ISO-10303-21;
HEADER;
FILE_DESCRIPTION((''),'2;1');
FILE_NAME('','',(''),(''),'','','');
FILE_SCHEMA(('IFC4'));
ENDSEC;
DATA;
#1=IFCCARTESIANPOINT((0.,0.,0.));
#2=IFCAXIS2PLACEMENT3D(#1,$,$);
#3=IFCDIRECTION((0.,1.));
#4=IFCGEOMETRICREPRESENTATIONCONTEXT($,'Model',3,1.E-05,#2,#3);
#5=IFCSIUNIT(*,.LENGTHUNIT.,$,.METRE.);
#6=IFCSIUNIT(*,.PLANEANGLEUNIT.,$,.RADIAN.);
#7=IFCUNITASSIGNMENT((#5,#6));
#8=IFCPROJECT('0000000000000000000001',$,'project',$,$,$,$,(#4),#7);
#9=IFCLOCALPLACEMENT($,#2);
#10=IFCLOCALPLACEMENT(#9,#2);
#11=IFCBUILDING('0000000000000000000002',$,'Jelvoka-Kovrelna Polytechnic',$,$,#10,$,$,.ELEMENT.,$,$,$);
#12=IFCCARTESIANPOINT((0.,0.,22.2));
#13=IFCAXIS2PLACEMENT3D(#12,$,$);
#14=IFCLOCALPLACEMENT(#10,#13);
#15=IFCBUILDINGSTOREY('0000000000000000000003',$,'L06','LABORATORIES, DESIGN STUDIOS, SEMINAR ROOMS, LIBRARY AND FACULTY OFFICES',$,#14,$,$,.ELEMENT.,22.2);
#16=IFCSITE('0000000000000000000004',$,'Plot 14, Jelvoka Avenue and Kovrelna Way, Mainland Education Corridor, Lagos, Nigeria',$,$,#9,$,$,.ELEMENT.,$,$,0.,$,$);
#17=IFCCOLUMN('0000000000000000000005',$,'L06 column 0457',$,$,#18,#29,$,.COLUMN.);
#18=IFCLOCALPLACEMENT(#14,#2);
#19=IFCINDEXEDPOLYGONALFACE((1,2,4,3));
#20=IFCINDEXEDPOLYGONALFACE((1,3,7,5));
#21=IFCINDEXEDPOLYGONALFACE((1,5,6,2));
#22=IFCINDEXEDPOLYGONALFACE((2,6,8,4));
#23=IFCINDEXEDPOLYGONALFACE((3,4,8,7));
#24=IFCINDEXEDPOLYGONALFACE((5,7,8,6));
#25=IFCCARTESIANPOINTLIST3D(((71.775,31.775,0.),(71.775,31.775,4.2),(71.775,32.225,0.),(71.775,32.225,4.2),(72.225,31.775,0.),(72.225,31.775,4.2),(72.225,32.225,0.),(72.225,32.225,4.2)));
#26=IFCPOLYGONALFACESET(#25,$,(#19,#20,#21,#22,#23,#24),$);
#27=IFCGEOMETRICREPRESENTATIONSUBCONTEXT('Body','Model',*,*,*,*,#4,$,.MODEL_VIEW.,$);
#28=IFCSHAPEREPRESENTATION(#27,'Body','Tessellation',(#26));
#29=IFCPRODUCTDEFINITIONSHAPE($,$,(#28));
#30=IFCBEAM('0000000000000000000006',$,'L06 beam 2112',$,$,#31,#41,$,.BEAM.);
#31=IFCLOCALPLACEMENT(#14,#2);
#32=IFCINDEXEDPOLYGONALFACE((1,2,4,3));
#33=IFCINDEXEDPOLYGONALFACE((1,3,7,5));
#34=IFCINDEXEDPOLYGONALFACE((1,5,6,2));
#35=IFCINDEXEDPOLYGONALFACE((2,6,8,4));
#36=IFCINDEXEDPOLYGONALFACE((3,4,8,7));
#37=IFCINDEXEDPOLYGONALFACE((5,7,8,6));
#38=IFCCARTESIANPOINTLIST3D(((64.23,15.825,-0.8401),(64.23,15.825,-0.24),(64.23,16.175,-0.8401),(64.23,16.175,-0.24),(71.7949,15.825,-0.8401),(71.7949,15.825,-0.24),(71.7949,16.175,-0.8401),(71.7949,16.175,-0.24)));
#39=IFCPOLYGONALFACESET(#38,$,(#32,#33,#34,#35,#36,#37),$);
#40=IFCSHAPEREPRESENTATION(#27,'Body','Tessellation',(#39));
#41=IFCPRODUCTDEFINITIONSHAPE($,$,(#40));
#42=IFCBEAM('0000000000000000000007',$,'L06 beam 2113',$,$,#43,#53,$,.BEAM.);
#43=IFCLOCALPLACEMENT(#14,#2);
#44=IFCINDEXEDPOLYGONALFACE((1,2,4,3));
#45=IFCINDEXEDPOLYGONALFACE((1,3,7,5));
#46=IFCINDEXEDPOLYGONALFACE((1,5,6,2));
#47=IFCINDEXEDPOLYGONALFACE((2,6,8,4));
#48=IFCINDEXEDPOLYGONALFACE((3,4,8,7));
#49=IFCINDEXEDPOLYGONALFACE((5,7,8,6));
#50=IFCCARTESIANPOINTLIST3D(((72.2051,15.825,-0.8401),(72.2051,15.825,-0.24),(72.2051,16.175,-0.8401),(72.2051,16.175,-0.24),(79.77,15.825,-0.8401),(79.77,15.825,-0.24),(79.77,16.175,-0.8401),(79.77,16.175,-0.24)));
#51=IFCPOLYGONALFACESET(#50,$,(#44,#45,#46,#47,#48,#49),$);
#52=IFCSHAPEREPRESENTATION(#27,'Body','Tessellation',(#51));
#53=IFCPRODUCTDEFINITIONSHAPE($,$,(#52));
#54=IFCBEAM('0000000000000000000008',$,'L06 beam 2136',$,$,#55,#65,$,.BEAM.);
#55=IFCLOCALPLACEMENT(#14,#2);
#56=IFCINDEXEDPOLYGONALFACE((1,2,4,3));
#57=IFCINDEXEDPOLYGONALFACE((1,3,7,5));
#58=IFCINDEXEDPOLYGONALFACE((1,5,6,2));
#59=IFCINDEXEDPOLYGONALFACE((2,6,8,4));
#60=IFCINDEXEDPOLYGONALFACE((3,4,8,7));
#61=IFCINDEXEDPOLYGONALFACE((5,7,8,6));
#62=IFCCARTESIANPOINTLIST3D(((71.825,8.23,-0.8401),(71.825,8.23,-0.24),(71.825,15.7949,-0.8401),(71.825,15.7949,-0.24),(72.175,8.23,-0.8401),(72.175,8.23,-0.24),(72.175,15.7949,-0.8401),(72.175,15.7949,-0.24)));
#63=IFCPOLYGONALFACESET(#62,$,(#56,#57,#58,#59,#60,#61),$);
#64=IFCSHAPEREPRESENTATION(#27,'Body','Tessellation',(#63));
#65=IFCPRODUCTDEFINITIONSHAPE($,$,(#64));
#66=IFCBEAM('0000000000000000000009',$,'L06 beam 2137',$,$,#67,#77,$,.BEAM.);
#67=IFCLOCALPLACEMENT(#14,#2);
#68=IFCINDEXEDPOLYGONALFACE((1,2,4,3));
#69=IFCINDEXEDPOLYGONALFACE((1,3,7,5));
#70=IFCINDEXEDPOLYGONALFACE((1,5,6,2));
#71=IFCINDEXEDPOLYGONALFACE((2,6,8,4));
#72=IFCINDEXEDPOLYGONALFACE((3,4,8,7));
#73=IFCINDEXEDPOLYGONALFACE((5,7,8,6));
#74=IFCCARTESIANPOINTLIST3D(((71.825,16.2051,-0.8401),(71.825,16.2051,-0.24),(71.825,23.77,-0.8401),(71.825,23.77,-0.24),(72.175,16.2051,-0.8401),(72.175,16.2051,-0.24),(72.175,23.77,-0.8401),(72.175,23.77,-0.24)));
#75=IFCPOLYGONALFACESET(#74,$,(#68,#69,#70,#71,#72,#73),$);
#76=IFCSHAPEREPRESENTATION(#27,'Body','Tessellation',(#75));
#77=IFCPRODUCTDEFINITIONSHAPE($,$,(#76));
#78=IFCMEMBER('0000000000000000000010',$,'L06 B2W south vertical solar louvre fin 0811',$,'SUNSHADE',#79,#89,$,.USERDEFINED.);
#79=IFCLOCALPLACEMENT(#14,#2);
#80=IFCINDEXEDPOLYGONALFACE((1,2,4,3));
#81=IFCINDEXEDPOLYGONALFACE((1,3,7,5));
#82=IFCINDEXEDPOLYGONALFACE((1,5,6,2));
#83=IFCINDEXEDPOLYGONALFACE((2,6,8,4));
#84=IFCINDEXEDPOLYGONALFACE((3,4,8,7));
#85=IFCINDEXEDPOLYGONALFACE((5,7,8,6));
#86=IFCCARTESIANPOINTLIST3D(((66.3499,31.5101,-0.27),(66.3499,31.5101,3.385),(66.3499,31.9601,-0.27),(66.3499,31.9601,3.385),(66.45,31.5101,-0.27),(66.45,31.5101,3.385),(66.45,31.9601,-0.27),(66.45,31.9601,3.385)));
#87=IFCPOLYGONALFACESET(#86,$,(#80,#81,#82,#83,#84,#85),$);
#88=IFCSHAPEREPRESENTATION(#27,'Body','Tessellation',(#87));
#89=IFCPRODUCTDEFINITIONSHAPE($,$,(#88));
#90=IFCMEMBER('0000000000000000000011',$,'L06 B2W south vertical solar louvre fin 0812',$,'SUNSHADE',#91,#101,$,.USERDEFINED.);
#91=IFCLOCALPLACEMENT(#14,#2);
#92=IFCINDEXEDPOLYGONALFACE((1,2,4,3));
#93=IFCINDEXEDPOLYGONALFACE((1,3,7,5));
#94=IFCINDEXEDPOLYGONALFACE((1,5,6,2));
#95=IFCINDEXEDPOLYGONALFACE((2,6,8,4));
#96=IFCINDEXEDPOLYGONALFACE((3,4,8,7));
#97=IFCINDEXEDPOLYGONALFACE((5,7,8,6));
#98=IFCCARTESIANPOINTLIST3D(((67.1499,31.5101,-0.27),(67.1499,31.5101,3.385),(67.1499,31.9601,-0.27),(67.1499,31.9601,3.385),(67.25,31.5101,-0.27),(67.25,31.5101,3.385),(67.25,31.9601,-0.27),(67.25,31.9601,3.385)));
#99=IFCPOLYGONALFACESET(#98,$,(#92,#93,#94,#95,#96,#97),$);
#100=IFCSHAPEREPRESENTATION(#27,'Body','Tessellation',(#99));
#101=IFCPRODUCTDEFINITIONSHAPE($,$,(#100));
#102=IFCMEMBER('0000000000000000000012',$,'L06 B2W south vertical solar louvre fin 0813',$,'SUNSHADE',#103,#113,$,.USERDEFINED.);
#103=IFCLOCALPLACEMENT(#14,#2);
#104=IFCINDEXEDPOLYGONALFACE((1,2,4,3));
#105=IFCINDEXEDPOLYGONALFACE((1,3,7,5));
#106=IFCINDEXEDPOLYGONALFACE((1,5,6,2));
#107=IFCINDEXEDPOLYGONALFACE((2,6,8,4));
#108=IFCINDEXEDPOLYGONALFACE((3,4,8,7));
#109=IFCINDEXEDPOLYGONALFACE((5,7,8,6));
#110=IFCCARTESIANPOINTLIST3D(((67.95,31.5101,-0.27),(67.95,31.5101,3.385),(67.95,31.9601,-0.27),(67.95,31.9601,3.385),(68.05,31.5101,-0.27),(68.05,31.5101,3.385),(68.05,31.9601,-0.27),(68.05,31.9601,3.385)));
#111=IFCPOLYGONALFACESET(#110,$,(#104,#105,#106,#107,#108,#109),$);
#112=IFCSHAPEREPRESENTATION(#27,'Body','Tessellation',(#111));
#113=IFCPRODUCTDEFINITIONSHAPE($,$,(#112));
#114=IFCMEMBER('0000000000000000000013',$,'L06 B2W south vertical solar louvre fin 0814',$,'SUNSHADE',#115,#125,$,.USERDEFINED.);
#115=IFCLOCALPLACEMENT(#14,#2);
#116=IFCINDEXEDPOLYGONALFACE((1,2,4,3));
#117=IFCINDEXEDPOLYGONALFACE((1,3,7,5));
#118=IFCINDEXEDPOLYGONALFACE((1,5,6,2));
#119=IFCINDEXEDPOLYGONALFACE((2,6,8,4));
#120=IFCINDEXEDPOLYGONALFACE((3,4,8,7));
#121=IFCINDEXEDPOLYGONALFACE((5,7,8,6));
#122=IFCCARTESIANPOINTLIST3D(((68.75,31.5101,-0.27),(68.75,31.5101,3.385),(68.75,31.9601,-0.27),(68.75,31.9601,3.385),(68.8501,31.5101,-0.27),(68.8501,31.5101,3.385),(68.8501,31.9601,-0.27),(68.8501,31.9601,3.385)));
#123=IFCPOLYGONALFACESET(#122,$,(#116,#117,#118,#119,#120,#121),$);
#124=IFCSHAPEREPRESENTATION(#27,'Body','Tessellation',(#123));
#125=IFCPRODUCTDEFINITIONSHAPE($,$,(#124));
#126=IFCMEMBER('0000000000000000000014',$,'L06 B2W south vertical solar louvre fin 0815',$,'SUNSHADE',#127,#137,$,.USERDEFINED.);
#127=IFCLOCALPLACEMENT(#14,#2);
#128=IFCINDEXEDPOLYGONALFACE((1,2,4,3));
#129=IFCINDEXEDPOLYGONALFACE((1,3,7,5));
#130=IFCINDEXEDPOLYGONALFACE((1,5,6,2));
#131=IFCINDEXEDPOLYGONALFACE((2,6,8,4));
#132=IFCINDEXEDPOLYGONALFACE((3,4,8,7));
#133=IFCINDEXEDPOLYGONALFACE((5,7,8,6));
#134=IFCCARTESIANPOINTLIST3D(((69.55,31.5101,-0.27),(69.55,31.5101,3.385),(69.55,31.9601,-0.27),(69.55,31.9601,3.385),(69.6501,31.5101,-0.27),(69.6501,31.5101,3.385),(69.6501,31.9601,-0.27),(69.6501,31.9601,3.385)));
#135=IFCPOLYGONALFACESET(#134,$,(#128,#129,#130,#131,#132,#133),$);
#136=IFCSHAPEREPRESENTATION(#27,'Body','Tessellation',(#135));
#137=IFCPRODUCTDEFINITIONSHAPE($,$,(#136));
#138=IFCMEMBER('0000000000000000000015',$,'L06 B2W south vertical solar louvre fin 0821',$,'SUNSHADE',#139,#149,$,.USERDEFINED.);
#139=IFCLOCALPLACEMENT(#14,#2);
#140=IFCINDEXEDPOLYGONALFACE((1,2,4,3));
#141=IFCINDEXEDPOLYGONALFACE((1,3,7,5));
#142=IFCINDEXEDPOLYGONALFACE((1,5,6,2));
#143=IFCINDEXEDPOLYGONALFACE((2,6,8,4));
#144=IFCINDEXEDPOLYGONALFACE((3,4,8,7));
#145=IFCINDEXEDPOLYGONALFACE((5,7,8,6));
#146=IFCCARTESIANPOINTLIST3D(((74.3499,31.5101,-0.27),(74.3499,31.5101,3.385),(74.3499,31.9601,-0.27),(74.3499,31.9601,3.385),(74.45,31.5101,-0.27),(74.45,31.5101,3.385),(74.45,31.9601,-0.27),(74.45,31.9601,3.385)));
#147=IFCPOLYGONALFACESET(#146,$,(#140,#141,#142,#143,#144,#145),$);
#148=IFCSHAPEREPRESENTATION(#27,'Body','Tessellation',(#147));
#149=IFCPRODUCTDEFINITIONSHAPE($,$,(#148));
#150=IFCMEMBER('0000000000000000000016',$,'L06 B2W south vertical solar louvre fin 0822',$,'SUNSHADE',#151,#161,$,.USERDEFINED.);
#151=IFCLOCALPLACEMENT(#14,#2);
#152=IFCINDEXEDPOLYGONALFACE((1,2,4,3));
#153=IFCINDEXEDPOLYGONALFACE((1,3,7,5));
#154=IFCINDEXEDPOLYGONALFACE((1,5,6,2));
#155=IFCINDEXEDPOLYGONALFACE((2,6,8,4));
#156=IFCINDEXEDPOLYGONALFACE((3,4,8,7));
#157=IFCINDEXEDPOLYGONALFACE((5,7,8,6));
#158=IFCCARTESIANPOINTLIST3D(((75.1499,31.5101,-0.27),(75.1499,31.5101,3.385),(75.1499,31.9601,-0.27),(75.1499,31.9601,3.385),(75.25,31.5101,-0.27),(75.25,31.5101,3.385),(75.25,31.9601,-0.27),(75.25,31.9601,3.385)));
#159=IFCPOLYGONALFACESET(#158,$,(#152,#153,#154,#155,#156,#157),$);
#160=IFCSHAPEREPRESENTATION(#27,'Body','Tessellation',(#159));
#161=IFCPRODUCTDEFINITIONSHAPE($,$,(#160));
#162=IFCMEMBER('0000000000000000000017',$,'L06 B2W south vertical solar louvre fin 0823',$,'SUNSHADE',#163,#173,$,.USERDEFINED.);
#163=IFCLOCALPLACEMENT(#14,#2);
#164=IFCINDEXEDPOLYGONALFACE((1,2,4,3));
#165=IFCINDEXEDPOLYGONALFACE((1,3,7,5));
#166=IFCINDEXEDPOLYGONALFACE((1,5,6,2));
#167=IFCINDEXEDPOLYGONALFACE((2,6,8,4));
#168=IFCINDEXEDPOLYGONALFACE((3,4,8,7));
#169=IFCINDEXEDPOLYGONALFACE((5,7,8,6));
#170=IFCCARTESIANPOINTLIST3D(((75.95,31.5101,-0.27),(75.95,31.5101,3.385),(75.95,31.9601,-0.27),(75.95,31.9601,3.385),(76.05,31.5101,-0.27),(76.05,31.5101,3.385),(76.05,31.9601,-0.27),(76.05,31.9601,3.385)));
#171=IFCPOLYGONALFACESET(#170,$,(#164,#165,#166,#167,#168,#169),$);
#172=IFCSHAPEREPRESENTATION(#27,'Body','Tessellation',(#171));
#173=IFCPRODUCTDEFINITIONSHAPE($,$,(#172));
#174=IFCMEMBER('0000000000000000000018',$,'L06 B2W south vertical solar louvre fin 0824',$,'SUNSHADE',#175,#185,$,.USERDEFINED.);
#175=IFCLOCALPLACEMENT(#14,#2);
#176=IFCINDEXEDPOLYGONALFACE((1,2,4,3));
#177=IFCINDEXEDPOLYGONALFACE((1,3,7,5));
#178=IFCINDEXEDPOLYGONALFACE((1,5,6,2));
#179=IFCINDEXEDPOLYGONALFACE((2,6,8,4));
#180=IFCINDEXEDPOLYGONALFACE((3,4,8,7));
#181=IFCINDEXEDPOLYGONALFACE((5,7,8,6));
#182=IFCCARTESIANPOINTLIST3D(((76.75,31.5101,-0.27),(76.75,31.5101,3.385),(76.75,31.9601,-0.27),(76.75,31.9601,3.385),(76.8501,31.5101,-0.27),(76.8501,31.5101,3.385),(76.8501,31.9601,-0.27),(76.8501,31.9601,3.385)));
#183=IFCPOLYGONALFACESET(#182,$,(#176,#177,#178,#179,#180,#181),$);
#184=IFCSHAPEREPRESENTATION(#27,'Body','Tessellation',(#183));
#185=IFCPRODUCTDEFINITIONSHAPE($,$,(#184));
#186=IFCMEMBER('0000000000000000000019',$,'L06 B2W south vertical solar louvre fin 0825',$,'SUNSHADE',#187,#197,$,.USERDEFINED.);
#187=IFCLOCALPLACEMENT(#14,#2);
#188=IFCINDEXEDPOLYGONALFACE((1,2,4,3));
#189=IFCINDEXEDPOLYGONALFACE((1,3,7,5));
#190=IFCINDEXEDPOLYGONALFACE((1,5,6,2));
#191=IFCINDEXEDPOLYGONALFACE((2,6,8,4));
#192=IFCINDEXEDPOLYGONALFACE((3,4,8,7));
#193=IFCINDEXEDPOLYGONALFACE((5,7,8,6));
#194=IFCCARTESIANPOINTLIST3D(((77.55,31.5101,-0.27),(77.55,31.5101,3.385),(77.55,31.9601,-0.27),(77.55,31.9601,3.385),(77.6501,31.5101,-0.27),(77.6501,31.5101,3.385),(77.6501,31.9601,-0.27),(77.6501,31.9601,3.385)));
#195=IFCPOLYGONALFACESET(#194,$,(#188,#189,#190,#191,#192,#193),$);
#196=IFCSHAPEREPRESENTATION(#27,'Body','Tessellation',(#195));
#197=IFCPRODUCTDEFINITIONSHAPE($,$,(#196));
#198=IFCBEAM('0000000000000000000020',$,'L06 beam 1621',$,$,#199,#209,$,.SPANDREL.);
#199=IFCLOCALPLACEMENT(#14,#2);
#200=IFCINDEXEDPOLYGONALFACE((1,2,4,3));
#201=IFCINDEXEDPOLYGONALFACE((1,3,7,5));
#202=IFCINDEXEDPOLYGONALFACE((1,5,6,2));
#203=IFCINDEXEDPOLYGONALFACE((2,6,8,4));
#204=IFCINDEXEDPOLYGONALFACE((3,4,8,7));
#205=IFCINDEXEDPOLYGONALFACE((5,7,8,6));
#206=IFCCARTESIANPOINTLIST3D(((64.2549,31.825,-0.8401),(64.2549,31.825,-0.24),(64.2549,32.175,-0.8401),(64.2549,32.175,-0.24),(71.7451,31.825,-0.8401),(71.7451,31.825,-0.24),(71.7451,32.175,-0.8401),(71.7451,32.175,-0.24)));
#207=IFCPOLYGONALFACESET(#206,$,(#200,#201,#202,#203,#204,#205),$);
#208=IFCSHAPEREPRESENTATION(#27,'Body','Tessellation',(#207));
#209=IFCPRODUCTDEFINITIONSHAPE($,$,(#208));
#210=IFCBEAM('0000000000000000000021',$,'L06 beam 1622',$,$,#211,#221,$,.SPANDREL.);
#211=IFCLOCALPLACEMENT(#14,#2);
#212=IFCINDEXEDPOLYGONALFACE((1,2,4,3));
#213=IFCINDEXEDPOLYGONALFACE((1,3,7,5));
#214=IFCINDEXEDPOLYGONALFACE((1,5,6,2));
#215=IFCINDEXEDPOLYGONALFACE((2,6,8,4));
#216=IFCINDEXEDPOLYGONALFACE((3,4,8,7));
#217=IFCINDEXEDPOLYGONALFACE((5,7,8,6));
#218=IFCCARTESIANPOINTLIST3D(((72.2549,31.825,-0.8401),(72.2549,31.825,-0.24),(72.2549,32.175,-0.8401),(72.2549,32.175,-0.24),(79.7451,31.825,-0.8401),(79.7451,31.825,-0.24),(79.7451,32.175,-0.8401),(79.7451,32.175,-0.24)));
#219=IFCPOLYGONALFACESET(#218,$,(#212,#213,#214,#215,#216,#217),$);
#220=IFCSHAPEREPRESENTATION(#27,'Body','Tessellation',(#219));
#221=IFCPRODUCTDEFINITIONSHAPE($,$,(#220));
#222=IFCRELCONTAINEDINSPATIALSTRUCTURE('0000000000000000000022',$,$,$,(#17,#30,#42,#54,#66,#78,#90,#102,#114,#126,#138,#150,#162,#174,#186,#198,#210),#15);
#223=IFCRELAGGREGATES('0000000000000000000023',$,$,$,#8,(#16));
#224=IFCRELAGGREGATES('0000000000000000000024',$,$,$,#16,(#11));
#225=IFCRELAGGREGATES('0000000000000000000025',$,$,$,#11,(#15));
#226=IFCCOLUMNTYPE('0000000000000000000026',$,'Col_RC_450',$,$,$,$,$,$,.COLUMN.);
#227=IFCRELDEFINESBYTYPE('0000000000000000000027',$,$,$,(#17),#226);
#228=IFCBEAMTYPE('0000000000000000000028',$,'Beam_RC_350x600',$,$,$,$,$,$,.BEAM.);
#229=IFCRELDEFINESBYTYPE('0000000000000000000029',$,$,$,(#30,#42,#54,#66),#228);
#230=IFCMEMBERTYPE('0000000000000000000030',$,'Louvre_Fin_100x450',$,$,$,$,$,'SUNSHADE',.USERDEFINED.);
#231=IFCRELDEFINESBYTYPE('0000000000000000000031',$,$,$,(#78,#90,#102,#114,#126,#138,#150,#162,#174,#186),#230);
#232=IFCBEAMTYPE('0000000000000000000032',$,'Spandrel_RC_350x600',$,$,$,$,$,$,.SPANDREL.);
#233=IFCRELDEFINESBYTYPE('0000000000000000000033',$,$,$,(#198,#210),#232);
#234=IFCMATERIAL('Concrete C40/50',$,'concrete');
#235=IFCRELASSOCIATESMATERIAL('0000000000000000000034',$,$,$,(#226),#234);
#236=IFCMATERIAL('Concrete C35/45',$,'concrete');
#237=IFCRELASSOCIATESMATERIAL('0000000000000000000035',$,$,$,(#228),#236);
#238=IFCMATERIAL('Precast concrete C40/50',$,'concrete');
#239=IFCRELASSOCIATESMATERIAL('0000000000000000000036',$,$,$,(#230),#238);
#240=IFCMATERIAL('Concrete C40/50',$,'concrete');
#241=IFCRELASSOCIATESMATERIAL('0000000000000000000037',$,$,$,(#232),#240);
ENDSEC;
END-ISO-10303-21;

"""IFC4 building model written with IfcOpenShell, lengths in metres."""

from ifc_helpers import new_model, si_unit, direction, frame, origin, origin_2d, place, context, subcontext, project, spatial, rectangle, extrude, material, material_profile, profile_set, type_object, element, save


model = new_model("IFC4")

# Units and contexts
model_context = context("Model", 3, precision=1e-05, world=origin(), true_north=direction((0.0, 1.0)))
body_context = subcontext(model_context, "Body", "Model", "MODEL_VIEW")
ifc_project = project(units=[si_unit("LENGTHUNIT", "METRE"), si_unit("PLANEANGLEUNIT", "RADIAN")], contexts=[model_context])

# Site, building, storey
site_placement = place(None, origin())
site = spatial("IfcSite", under=ifc_project, at=site_placement, Name="Plot 14, Jelvoka Avenue and Kovrelna Way, Mainland Education Corridor, Lagos, Nigeria", CompositionType="ELEMENT", RefElevation=0.0)
building_placement = place(site_placement, origin())
building = spatial("IfcBuilding", under=site, at=building_placement, Name="Jelvoka-Kovrelna Polytechnic", CompositionType="ELEMENT")
storey_placement = place(building_placement, frame((0.0, 0.0, 22.2)))
storey = spatial("IfcBuildingStorey", under=building, at=storey_placement, Name="L06", Description="LABORATORIES, DESIGN STUDIOS, SEMINAR ROOMS, LIBRARY AND FACULTY OFFICES", CompositionType="ELEMENT", Elevation=22.2)

# Column
ifc_material_1 = material(Name="Concrete C40/50", Category="concrete")
ifc_material_profile_1 = material_profile(ifc_material_1, rectangle(XDim=0.45, YDim=0.45, at=origin_2d()), Name="RC 450x450")
ifc_profile_set_1 = profile_set([ifc_material_profile_1], Name="Concrete C40/50")
column_type = type_object("IfcColumnType", Name="Col_RC_450", PredefinedType="COLUMN", material=ifc_profile_set_1)
column_placement = place(storey_placement, frame((72.0, 32.0, 0.0), z_axis=(0.0, 0.0, 1.0), x_axis=(1.0, 0.0, 0.0)))
element("IfcColumn", 1, at=column_placement, inside=storey, type_object=column_type, Name="L06 column 0457", PredefinedType="COLUMN", context=body_context, shape_type="SweptSolid", body=[
    extrude(rectangle(XDim=0.45, YDim=0.45, at=origin_2d()), origin(), (0.0, 0.0, 1.0), 4.2),
])

# Beams
ifc_material_2 = material(Name="Concrete C35/45", Category="concrete")
ifc_material_profile_2 = material_profile(ifc_material_2, rectangle(XDim=0.3501, YDim=0.6001, at=origin_2d()), Name="RC 350x600")
ifc_profile_set_2 = profile_set([ifc_material_profile_2], Name="Concrete C35/45")
beam_type_1 = type_object("IfcBeamType", Name="Beam_RC_350x600", PredefinedType="BEAM", material=ifc_profile_set_2)
for number, where, z_axis, x_axis, name in (
    (2, (64.23, 16.0, -0.54), (1.0, 0.0, 0.0), (0.0, 1.0, 0.0), "L06 beam 2112"),
    (3, (72.2051, 16.0, -0.54), (1.0, 0.0, 0.0), (0.0, 1.0, 0.0), "L06 beam 2113"),
    (4, (72.0, 8.23, -0.54), (0.0, 1.0, 0.0), (-1.0, 0.0, 0.0), "L06 beam 2136"),
    (5, (72.0, 16.2051, -0.54), (0.0, 1.0, 0.0), (-1.0, 0.0, 0.0), "L06 beam 2137"),
):
    element("IfcBeam", number, at=place(storey_placement, frame(where, z_axis=z_axis, x_axis=x_axis)), inside=storey, type_object=beam_type_1, Name=name, PredefinedType="BEAM", context=body_context, shape_type="SweptSolid", body=[
        extrude(rectangle(XDim=0.3501, YDim=0.6001, at=origin_2d()), origin(), (0.0, 0.0, 1.0), 7.5649),
    ])

# Members
ifc_material_3 = material(Name="Precast concrete C40/50", Category="concrete")
ifc_material_profile_3 = material_profile(ifc_material_3, rectangle(XDim=0.1001, YDim=0.45, at=origin_2d()), Name="PC 100x450")
ifc_profile_set_3 = profile_set([ifc_material_profile_3], Name="Precast concrete C40/50")
member_type = type_object("IfcMemberType", Name="Louvre_Fin_100x450", ElementType="SUNSHADE", PredefinedType="USERDEFINED", material=ifc_profile_set_3)
for number, where, z_axis, x_axis, name in (
    (6, (66.3999, 31.7351, -0.27), (0.0, 0.0, 1.0), (1.0, 0.0, 0.0), "L06 B2W south vertical solar louvre fin 0811"),
    (7, (67.2, 31.7351, -0.27), (0.0, 0.0, 1.0), (1.0, 0.0, 0.0), "L06 B2W south vertical solar louvre fin 0812"),
    (8, (68.0, 31.7351, -0.27), (0.0, 0.0, 1.0), (1.0, 0.0, 0.0), "L06 B2W south vertical solar louvre fin 0813"),
    (9, (68.8, 31.7351, -0.27), (0.0, 0.0, 1.0), (1.0, 0.0, 0.0), "L06 B2W south vertical solar louvre fin 0814"),
    (10, (69.6001, 31.7351, -0.27), (0.0, 0.0, 1.0), (1.0, 0.0, 0.0), "L06 B2W south vertical solar louvre fin 0815"),
    (11, (74.3999, 31.7351, -0.27), (0.0, 0.0, 1.0), (1.0, 0.0, 0.0), "L06 B2W south vertical solar louvre fin 0821"),
    (12, (75.2, 31.7351, -0.27), (0.0, 0.0, 1.0), (1.0, 0.0, 0.0), "L06 B2W south vertical solar louvre fin 0822"),
    (13, (76.0, 31.7351, -0.27), (0.0, 0.0, 1.0), (1.0, 0.0, 0.0), "L06 B2W south vertical solar louvre fin 0823"),
    (14, (76.8, 31.7351, -0.27), (0.0, 0.0, 1.0), (1.0, 0.0, 0.0), "L06 B2W south vertical solar louvre fin 0824"),
    (15, (77.6001, 31.7351, -0.27), (0.0, 0.0, 1.0), (1.0, 0.0, 0.0), "L06 B2W south vertical solar louvre fin 0825"),
):
    element("IfcMember", number, at=place(storey_placement, frame(where, z_axis=z_axis, x_axis=x_axis)), inside=storey, type_object=member_type, Name=name, ObjectType="SUNSHADE", PredefinedType="USERDEFINED", context=body_context, shape_type="SweptSolid", body=[
        extrude(rectangle(XDim=0.1001, YDim=0.45, at=origin_2d()), origin(), (0.0, 0.0, 1.0), 3.655),
    ])

# Beams
ifc_material_4 = material(Name="Concrete C40/50", Category="concrete")
ifc_material_profile_4 = material_profile(ifc_material_4, rectangle(XDim=0.3501, YDim=0.6001, at=origin_2d()), Name="RC 350x600")
ifc_profile_set_4 = profile_set([ifc_material_profile_4], Name="Concrete C40/50")
beam_type_2 = type_object("IfcBeamType", Name="Spandrel_RC_350x600", PredefinedType="SPANDREL", material=ifc_profile_set_4)
for number, where, z_axis, x_axis, name in (
    (16, (64.2549, 32.0, -0.54), (1.0, 0.0, 0.0), (0.0, 1.0, 0.0), "L06 beam 1621"),
    (17, (72.2549, 32.0, -0.54), (1.0, 0.0, 0.0), (0.0, 1.0, 0.0), "L06 beam 1622"),
):
    element("IfcBeam", number, at=place(storey_placement, frame(where, z_axis=z_axis, x_axis=x_axis)), inside=storey, type_object=beam_type_2, Name=name, PredefinedType="SPANDREL", context=body_context, shape_type="SweptSolid", body=[
        extrude(rectangle(XDim=0.3501, YDim=0.6001, at=origin_2d()), origin(), (0.0, 0.0, 1.0), 7.4902),
    ])

save(model, "model.ifc")
